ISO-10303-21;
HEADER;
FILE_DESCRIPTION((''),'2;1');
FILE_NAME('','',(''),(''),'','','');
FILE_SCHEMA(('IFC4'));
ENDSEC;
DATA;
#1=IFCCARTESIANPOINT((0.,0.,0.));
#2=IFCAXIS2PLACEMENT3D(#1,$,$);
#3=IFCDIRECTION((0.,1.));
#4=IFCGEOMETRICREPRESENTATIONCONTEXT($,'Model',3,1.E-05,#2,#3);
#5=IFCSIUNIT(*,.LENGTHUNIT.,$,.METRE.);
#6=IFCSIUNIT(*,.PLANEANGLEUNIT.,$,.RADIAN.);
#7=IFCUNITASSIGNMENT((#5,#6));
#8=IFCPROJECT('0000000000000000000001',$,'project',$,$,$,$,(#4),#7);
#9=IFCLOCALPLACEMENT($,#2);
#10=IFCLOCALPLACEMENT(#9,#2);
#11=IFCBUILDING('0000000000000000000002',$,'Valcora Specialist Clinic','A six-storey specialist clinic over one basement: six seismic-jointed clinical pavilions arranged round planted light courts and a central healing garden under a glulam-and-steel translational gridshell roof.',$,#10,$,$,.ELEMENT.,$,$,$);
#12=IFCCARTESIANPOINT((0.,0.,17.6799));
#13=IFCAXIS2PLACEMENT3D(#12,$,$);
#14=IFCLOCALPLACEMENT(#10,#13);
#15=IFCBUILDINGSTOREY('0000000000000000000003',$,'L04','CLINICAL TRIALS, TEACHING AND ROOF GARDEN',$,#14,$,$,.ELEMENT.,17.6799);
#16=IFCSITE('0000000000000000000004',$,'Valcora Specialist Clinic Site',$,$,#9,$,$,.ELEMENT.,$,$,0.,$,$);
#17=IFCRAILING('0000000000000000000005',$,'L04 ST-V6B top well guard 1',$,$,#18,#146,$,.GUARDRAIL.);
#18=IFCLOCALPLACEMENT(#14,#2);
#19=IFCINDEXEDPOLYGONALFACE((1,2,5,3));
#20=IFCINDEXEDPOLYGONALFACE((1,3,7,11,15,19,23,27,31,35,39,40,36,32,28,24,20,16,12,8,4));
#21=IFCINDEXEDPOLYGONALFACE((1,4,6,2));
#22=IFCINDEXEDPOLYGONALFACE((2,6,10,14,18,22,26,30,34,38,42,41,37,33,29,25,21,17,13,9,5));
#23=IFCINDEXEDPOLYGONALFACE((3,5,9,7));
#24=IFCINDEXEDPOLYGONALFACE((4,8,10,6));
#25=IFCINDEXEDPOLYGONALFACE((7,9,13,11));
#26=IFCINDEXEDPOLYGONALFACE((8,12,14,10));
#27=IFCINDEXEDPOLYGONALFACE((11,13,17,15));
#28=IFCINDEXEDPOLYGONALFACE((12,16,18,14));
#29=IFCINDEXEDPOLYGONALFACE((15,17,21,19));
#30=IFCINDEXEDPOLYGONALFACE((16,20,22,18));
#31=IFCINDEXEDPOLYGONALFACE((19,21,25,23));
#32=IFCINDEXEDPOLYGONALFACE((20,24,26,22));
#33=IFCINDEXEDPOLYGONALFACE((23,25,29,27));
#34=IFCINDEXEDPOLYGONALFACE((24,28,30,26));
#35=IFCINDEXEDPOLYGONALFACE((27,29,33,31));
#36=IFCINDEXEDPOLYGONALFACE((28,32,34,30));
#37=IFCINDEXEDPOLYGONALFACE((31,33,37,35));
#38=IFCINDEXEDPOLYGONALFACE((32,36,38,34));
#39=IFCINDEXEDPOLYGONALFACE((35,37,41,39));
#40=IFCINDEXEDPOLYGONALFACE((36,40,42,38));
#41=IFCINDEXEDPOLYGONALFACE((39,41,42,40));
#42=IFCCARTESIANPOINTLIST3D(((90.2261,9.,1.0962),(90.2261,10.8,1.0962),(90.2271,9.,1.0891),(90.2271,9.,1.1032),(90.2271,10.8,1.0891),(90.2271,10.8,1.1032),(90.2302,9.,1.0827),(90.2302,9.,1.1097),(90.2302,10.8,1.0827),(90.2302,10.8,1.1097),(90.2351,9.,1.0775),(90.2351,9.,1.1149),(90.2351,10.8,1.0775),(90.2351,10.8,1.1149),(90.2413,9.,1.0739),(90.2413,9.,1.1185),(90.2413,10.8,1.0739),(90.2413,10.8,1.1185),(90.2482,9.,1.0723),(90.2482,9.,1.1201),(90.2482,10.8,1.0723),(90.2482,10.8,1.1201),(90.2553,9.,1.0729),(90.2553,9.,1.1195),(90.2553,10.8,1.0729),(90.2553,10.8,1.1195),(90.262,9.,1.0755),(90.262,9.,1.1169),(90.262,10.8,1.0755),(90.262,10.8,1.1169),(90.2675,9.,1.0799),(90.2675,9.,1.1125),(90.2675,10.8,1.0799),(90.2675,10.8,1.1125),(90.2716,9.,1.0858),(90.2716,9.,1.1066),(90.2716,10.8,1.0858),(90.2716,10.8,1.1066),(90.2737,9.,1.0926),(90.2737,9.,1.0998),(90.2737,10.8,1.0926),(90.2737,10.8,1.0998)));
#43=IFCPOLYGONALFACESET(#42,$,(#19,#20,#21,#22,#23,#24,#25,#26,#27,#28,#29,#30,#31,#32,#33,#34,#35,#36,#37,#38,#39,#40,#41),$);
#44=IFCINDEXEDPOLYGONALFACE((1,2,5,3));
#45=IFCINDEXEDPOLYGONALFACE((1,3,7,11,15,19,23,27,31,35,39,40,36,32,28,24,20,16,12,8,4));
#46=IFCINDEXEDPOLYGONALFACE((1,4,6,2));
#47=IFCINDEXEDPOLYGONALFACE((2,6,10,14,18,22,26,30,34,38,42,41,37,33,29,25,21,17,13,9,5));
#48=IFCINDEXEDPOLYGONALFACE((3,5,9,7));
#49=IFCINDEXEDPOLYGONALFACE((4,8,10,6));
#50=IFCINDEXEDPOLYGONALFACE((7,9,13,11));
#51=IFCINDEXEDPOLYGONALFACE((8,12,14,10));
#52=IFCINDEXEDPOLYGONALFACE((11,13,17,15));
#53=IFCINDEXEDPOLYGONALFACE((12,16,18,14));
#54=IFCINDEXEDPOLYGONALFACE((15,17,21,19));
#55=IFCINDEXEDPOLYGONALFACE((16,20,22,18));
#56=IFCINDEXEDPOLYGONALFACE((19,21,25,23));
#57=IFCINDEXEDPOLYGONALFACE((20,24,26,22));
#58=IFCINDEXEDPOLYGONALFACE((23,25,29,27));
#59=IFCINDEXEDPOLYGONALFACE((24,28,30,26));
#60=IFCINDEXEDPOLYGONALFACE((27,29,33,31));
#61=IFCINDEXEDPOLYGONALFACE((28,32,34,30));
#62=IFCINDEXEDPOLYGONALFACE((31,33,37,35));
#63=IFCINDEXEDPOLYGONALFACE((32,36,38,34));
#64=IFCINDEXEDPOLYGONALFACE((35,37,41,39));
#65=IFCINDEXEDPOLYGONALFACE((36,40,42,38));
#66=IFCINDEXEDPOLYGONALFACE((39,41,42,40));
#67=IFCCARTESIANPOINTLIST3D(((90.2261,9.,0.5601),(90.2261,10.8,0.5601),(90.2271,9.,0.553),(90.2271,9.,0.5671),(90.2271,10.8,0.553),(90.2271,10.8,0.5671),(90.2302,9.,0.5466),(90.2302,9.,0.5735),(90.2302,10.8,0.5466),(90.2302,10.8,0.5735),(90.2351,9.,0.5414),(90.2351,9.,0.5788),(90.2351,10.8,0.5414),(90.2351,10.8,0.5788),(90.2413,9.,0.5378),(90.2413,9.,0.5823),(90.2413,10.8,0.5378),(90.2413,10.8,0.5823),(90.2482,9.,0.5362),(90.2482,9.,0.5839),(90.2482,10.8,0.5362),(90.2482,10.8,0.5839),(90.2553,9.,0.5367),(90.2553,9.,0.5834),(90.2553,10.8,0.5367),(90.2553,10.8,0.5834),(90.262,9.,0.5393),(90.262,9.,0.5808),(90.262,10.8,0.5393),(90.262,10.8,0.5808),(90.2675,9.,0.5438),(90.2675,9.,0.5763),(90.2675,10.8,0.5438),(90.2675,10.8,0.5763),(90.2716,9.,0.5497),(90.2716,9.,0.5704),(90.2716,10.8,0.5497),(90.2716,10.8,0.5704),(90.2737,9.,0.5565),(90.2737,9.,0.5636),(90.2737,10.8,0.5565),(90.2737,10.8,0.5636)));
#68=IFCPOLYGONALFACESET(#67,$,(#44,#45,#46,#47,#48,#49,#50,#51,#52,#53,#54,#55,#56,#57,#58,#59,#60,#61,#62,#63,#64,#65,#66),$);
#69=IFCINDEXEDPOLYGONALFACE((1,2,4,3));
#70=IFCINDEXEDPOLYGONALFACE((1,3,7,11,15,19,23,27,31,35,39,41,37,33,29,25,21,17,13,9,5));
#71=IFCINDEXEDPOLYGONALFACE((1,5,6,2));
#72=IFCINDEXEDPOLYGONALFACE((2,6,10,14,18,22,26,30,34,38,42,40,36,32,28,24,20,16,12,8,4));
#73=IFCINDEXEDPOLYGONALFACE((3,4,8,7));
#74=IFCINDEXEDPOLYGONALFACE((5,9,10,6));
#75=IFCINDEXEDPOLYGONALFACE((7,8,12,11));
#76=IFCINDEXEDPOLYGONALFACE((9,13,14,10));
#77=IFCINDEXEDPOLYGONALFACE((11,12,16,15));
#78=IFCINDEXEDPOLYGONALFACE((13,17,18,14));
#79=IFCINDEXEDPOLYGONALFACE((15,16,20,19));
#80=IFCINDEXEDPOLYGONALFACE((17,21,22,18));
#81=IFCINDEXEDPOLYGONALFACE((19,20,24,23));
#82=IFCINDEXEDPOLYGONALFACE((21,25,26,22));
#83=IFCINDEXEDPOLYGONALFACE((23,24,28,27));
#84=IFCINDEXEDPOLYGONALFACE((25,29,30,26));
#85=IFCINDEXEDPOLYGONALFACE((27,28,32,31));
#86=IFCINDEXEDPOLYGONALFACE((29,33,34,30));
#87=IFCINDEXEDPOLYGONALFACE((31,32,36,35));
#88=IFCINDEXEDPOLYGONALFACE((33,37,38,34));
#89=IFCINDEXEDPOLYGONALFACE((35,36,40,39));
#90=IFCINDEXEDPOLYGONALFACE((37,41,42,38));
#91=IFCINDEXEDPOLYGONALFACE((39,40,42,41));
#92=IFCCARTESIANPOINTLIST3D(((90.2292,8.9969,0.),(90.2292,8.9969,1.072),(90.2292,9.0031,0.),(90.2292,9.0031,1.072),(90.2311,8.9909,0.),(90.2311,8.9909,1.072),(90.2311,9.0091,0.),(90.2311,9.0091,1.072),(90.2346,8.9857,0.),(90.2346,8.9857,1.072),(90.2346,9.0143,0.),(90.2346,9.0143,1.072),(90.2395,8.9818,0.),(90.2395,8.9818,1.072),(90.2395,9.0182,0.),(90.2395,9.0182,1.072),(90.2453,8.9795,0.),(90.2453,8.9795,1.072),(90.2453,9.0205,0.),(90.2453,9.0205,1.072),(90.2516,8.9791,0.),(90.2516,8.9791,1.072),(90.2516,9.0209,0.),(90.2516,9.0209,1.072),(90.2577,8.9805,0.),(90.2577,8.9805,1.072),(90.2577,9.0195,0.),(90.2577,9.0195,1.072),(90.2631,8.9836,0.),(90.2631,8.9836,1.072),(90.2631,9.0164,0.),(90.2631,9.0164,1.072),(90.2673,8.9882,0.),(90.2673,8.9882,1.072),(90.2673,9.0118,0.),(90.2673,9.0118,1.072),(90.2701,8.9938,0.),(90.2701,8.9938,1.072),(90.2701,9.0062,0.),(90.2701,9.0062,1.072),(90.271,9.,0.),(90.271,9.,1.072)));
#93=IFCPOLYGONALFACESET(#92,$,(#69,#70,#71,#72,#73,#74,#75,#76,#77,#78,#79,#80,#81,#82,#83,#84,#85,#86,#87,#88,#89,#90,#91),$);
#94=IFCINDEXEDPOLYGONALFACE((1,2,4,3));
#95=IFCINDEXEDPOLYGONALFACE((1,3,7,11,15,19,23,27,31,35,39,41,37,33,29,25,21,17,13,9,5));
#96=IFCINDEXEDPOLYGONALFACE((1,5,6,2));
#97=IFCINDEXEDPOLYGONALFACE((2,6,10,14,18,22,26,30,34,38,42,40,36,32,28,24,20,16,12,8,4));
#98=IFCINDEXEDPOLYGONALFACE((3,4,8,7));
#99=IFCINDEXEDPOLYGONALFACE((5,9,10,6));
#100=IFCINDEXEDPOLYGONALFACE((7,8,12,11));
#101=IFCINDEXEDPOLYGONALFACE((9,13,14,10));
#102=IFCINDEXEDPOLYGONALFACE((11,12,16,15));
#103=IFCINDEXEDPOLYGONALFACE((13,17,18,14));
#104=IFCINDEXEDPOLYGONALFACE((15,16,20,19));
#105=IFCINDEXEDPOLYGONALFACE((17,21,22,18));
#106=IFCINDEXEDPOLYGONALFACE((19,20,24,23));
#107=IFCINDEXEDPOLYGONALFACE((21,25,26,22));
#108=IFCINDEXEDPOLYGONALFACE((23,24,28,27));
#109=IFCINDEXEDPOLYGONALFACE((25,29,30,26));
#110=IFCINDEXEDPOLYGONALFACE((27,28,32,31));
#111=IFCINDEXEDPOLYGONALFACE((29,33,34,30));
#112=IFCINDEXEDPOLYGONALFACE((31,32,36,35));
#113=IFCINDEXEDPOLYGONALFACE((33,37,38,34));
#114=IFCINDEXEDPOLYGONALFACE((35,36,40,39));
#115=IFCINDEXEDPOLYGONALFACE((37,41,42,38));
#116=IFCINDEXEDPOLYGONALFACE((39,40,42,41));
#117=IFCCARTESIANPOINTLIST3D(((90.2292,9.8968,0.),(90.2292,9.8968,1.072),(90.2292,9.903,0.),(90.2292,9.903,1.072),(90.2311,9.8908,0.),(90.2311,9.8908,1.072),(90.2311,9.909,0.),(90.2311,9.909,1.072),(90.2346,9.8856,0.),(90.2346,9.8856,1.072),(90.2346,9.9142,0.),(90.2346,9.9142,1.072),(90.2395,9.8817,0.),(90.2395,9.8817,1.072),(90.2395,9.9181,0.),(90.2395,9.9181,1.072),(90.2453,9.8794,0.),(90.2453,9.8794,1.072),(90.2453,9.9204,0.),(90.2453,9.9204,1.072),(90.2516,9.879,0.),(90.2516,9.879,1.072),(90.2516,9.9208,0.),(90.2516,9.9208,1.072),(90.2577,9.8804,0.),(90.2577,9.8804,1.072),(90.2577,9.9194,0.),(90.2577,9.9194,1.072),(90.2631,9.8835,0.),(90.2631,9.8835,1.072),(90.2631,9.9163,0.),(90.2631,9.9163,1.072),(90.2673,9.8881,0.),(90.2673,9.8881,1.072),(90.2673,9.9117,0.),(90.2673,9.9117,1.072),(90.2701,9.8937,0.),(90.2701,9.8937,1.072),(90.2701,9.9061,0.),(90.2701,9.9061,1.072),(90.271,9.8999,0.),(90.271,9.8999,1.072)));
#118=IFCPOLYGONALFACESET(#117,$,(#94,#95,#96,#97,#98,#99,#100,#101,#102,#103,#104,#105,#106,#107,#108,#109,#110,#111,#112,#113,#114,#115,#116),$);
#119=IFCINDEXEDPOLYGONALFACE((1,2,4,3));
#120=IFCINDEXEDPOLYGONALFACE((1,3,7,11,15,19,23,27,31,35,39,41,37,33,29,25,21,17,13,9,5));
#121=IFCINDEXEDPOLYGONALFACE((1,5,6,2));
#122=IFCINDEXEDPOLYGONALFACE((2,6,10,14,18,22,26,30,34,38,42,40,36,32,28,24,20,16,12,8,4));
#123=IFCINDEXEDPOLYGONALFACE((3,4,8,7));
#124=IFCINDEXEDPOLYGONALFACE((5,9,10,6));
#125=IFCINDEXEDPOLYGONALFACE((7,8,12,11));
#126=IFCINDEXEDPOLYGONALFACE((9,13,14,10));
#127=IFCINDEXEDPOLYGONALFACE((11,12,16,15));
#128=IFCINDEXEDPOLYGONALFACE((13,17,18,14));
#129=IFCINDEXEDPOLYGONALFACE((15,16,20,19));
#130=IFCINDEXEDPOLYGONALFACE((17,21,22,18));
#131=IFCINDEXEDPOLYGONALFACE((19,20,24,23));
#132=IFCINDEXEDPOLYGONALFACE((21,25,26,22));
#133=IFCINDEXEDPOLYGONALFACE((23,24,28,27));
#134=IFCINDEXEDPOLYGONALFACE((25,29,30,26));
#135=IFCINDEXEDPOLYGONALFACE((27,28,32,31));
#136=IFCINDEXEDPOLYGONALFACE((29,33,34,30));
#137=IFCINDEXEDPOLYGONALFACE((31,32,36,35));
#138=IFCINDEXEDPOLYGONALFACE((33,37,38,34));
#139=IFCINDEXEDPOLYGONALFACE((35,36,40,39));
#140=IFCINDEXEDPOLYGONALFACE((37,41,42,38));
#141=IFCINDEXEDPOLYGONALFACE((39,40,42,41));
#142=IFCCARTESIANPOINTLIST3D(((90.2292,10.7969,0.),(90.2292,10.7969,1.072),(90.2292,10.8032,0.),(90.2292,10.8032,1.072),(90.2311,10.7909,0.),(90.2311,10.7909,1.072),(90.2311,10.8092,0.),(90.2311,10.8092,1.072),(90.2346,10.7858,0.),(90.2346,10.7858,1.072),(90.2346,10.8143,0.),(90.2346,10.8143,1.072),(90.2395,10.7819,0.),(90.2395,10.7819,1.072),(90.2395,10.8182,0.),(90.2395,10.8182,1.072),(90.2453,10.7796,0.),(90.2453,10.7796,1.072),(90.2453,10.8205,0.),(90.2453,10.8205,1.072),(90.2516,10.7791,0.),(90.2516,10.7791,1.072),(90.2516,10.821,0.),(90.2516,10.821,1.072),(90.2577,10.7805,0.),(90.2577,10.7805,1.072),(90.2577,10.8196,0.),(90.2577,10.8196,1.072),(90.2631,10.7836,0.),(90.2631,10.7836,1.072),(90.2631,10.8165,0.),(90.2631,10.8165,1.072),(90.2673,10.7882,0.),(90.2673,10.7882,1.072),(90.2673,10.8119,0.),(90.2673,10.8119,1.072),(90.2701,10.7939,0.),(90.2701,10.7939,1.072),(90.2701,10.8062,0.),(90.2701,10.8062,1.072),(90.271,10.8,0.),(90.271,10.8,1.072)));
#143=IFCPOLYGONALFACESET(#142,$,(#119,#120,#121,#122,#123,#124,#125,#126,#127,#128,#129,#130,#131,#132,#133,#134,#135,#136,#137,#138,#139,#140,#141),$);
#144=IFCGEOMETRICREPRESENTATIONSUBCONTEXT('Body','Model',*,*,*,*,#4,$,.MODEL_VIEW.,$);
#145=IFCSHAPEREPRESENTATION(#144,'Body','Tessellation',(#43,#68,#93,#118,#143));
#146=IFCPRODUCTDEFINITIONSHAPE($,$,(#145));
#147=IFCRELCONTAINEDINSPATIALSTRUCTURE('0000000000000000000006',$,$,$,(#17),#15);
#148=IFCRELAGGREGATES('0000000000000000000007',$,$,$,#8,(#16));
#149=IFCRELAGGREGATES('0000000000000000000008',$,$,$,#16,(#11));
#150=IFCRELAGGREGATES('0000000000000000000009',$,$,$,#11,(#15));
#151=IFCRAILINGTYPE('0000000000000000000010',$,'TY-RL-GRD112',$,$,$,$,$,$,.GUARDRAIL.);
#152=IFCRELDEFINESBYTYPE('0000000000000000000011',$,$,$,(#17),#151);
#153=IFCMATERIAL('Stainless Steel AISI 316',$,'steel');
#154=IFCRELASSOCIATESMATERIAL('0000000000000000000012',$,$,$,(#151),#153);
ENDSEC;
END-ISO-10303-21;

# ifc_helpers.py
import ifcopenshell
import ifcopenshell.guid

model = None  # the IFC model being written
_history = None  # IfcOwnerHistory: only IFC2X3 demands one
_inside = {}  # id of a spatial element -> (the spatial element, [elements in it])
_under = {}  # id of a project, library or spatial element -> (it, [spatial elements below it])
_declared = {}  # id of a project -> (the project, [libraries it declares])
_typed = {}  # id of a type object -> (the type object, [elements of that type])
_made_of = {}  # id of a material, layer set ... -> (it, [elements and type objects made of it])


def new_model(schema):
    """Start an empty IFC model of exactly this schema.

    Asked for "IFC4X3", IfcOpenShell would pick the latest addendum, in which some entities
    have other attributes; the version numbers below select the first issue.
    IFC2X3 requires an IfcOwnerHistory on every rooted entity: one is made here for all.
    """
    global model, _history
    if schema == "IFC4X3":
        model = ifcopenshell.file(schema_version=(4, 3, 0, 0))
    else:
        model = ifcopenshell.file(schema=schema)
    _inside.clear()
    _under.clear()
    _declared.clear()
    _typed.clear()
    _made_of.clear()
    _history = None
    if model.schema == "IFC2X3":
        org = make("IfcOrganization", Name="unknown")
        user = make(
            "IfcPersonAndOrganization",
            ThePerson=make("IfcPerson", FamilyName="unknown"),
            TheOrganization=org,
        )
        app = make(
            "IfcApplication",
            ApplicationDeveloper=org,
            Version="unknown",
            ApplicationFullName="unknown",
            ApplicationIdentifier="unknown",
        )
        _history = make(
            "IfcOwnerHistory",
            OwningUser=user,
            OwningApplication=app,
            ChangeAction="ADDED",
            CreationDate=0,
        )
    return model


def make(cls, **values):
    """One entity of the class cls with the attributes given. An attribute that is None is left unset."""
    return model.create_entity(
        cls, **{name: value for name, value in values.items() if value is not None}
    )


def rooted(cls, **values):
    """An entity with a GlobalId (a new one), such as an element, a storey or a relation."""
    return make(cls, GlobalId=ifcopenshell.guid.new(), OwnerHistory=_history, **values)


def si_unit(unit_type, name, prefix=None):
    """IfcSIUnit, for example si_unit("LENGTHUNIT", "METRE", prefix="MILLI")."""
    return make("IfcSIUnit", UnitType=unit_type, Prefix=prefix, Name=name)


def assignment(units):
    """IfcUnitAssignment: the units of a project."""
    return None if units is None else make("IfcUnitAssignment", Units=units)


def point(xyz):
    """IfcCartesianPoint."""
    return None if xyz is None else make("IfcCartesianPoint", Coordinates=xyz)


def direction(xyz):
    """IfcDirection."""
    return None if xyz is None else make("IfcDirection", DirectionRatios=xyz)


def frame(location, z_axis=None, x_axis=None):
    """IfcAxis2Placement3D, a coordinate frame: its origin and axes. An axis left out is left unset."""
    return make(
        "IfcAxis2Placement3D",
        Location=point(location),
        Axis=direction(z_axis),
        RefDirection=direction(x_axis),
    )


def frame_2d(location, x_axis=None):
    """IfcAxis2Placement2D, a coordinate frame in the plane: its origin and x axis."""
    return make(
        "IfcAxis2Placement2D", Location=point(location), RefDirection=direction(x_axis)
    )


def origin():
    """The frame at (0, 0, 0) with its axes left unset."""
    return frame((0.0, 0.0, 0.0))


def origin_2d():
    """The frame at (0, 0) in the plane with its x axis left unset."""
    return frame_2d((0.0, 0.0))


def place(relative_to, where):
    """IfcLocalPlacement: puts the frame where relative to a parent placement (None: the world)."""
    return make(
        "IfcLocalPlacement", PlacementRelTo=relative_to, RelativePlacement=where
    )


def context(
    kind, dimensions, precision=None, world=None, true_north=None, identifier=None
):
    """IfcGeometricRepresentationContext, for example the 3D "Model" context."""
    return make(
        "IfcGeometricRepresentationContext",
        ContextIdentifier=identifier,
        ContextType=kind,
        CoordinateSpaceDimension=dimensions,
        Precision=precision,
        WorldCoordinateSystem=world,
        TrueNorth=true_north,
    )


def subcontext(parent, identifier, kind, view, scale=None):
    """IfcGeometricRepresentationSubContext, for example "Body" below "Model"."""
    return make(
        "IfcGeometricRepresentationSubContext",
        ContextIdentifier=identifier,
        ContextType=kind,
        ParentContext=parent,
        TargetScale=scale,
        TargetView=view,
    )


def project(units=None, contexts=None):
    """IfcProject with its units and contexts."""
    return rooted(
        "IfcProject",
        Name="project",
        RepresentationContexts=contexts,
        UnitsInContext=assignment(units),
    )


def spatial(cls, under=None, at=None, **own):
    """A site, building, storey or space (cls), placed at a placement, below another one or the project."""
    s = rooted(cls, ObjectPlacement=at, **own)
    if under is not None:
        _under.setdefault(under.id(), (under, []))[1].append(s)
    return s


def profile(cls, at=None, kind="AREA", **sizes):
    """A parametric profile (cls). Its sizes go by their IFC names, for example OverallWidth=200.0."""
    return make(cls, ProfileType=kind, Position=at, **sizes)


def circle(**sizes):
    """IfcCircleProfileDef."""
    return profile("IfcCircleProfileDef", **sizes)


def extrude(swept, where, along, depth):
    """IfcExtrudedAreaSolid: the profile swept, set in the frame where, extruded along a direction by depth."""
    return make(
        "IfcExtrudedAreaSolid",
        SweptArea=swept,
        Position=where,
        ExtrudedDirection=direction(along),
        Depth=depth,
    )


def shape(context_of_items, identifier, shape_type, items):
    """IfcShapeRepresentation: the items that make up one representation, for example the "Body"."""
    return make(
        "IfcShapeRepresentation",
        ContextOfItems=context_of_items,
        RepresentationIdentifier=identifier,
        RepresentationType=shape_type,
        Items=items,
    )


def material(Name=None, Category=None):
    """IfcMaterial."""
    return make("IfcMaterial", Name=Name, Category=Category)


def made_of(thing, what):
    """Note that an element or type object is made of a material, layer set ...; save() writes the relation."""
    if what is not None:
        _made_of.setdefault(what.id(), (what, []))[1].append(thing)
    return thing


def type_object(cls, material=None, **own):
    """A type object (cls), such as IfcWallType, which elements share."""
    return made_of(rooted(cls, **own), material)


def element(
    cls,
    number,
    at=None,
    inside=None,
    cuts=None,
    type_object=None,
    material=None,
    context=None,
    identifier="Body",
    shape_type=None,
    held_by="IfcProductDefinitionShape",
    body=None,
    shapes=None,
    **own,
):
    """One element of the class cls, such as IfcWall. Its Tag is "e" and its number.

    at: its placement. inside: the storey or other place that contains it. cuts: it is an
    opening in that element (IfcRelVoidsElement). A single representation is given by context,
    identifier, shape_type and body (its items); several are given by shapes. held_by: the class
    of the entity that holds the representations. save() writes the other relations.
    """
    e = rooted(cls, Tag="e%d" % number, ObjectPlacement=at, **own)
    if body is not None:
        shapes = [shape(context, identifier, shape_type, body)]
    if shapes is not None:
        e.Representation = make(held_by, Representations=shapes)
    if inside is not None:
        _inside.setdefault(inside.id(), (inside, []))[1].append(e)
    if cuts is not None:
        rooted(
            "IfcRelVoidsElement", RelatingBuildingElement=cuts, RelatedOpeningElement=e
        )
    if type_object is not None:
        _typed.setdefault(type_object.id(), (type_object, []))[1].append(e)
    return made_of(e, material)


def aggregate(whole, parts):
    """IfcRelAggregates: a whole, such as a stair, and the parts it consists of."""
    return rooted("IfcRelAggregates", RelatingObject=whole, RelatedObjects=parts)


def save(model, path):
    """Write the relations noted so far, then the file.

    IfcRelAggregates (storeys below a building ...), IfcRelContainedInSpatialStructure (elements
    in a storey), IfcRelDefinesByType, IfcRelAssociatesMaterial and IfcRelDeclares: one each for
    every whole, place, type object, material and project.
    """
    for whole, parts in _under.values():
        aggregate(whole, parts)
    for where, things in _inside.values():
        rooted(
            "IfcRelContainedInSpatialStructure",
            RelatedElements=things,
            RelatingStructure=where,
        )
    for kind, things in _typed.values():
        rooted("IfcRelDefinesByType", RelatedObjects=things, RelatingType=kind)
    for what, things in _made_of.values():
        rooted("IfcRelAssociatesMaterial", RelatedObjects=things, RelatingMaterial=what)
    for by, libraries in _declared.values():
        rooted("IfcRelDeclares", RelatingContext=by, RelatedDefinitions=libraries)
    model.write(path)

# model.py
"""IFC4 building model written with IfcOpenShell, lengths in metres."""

from ifc_helpers import new_model, si_unit, direction, frame, origin, origin_2d, place, context, subcontext, project, spatial, circle, extrude, material, type_object, element, save


model = new_model("IFC4")

# Units and contexts
model_context = context("Model", 3, precision=1e-05, world=origin(), true_north=direction((0.0, 1.0)))
body_context = subcontext(model_context, "Body", "Model", "MODEL_VIEW")
ifc_project = project(units=[si_unit("LENGTHUNIT", "METRE"), si_unit("PLANEANGLEUNIT", "RADIAN")], contexts=[model_context])

# Site, building, storey
site_placement = place(None, origin())
site = spatial("IfcSite", under=ifc_project, at=site_placement, Name="Valcora Specialist Clinic Site", CompositionType="ELEMENT", RefElevation=0.0)
building_placement = place(site_placement, origin())
building = spatial("IfcBuilding", under=site, at=building_placement, Name="Valcora Specialist Clinic", Description="A six-storey specialist clinic over one basement: six seismic-jointed clinical pavilions arranged round planted light courts and a central healing garden under a glulam-and-steel translational gridshell roof.", CompositionType="ELEMENT")
storey_placement = place(building_placement, frame((0.0, 0.0, 17.6799)))
storey = spatial("IfcBuildingStorey", under=building, at=storey_placement, Name="L04", Description="CLINICAL TRIALS, TEACHING AND ROOF GARDEN", CompositionType="ELEMENT", Elevation=17.6799)

# Shared definitions
ifc_material_1 = material(Name="Stainless Steel AISI 316", Category="steel")

# Railing
railing_type = type_object("IfcRailingType", Name="TY-RL-GRD112", PredefinedType="GUARDRAIL", material=ifc_material_1)
railing_placement = place(storey_placement, frame((90.25, 9.0, 0.0)))
element("IfcRailing", 1, at=railing_placement, inside=storey, type_object=railing_type, Name="L04 ST-V6B top well guard 1", PredefinedType="GUARDRAIL", context=body_context, shape_type="SweptSolid", body=[
    extrude(circle(Radius=0.0239, at=origin_2d()), frame((0.0, 0.0, 1.0962), z_axis=(0.0, 1.0, 0.0), x_axis=(-1.0, 0.0, 0.0)), (0.0, 0.0, 1.0), 1.8),
    extrude(circle(Radius=0.0239, at=origin_2d()), frame((0.0, 0.0, 0.5601), z_axis=(0.0, 1.0, 0.0), x_axis=(-1.0, 0.0, 0.0)), (0.0, 0.0, 1.0), 1.8),
    extrude(circle(Radius=0.021, at=origin_2d()), origin(), (0.0, 0.0, 1.0), 1.072),
    extrude(circle(Radius=0.021, at=origin_2d()), frame((0.0, 0.8999, 0.0)), (0.0, 0.0, 1.0), 1.072),
    extrude(circle(Radius=0.021, at=origin_2d()), frame((0.0, 1.8, 0.0)), (0.0, 0.0, 1.0), 1.072),
])

save(model, "model.ifc")
